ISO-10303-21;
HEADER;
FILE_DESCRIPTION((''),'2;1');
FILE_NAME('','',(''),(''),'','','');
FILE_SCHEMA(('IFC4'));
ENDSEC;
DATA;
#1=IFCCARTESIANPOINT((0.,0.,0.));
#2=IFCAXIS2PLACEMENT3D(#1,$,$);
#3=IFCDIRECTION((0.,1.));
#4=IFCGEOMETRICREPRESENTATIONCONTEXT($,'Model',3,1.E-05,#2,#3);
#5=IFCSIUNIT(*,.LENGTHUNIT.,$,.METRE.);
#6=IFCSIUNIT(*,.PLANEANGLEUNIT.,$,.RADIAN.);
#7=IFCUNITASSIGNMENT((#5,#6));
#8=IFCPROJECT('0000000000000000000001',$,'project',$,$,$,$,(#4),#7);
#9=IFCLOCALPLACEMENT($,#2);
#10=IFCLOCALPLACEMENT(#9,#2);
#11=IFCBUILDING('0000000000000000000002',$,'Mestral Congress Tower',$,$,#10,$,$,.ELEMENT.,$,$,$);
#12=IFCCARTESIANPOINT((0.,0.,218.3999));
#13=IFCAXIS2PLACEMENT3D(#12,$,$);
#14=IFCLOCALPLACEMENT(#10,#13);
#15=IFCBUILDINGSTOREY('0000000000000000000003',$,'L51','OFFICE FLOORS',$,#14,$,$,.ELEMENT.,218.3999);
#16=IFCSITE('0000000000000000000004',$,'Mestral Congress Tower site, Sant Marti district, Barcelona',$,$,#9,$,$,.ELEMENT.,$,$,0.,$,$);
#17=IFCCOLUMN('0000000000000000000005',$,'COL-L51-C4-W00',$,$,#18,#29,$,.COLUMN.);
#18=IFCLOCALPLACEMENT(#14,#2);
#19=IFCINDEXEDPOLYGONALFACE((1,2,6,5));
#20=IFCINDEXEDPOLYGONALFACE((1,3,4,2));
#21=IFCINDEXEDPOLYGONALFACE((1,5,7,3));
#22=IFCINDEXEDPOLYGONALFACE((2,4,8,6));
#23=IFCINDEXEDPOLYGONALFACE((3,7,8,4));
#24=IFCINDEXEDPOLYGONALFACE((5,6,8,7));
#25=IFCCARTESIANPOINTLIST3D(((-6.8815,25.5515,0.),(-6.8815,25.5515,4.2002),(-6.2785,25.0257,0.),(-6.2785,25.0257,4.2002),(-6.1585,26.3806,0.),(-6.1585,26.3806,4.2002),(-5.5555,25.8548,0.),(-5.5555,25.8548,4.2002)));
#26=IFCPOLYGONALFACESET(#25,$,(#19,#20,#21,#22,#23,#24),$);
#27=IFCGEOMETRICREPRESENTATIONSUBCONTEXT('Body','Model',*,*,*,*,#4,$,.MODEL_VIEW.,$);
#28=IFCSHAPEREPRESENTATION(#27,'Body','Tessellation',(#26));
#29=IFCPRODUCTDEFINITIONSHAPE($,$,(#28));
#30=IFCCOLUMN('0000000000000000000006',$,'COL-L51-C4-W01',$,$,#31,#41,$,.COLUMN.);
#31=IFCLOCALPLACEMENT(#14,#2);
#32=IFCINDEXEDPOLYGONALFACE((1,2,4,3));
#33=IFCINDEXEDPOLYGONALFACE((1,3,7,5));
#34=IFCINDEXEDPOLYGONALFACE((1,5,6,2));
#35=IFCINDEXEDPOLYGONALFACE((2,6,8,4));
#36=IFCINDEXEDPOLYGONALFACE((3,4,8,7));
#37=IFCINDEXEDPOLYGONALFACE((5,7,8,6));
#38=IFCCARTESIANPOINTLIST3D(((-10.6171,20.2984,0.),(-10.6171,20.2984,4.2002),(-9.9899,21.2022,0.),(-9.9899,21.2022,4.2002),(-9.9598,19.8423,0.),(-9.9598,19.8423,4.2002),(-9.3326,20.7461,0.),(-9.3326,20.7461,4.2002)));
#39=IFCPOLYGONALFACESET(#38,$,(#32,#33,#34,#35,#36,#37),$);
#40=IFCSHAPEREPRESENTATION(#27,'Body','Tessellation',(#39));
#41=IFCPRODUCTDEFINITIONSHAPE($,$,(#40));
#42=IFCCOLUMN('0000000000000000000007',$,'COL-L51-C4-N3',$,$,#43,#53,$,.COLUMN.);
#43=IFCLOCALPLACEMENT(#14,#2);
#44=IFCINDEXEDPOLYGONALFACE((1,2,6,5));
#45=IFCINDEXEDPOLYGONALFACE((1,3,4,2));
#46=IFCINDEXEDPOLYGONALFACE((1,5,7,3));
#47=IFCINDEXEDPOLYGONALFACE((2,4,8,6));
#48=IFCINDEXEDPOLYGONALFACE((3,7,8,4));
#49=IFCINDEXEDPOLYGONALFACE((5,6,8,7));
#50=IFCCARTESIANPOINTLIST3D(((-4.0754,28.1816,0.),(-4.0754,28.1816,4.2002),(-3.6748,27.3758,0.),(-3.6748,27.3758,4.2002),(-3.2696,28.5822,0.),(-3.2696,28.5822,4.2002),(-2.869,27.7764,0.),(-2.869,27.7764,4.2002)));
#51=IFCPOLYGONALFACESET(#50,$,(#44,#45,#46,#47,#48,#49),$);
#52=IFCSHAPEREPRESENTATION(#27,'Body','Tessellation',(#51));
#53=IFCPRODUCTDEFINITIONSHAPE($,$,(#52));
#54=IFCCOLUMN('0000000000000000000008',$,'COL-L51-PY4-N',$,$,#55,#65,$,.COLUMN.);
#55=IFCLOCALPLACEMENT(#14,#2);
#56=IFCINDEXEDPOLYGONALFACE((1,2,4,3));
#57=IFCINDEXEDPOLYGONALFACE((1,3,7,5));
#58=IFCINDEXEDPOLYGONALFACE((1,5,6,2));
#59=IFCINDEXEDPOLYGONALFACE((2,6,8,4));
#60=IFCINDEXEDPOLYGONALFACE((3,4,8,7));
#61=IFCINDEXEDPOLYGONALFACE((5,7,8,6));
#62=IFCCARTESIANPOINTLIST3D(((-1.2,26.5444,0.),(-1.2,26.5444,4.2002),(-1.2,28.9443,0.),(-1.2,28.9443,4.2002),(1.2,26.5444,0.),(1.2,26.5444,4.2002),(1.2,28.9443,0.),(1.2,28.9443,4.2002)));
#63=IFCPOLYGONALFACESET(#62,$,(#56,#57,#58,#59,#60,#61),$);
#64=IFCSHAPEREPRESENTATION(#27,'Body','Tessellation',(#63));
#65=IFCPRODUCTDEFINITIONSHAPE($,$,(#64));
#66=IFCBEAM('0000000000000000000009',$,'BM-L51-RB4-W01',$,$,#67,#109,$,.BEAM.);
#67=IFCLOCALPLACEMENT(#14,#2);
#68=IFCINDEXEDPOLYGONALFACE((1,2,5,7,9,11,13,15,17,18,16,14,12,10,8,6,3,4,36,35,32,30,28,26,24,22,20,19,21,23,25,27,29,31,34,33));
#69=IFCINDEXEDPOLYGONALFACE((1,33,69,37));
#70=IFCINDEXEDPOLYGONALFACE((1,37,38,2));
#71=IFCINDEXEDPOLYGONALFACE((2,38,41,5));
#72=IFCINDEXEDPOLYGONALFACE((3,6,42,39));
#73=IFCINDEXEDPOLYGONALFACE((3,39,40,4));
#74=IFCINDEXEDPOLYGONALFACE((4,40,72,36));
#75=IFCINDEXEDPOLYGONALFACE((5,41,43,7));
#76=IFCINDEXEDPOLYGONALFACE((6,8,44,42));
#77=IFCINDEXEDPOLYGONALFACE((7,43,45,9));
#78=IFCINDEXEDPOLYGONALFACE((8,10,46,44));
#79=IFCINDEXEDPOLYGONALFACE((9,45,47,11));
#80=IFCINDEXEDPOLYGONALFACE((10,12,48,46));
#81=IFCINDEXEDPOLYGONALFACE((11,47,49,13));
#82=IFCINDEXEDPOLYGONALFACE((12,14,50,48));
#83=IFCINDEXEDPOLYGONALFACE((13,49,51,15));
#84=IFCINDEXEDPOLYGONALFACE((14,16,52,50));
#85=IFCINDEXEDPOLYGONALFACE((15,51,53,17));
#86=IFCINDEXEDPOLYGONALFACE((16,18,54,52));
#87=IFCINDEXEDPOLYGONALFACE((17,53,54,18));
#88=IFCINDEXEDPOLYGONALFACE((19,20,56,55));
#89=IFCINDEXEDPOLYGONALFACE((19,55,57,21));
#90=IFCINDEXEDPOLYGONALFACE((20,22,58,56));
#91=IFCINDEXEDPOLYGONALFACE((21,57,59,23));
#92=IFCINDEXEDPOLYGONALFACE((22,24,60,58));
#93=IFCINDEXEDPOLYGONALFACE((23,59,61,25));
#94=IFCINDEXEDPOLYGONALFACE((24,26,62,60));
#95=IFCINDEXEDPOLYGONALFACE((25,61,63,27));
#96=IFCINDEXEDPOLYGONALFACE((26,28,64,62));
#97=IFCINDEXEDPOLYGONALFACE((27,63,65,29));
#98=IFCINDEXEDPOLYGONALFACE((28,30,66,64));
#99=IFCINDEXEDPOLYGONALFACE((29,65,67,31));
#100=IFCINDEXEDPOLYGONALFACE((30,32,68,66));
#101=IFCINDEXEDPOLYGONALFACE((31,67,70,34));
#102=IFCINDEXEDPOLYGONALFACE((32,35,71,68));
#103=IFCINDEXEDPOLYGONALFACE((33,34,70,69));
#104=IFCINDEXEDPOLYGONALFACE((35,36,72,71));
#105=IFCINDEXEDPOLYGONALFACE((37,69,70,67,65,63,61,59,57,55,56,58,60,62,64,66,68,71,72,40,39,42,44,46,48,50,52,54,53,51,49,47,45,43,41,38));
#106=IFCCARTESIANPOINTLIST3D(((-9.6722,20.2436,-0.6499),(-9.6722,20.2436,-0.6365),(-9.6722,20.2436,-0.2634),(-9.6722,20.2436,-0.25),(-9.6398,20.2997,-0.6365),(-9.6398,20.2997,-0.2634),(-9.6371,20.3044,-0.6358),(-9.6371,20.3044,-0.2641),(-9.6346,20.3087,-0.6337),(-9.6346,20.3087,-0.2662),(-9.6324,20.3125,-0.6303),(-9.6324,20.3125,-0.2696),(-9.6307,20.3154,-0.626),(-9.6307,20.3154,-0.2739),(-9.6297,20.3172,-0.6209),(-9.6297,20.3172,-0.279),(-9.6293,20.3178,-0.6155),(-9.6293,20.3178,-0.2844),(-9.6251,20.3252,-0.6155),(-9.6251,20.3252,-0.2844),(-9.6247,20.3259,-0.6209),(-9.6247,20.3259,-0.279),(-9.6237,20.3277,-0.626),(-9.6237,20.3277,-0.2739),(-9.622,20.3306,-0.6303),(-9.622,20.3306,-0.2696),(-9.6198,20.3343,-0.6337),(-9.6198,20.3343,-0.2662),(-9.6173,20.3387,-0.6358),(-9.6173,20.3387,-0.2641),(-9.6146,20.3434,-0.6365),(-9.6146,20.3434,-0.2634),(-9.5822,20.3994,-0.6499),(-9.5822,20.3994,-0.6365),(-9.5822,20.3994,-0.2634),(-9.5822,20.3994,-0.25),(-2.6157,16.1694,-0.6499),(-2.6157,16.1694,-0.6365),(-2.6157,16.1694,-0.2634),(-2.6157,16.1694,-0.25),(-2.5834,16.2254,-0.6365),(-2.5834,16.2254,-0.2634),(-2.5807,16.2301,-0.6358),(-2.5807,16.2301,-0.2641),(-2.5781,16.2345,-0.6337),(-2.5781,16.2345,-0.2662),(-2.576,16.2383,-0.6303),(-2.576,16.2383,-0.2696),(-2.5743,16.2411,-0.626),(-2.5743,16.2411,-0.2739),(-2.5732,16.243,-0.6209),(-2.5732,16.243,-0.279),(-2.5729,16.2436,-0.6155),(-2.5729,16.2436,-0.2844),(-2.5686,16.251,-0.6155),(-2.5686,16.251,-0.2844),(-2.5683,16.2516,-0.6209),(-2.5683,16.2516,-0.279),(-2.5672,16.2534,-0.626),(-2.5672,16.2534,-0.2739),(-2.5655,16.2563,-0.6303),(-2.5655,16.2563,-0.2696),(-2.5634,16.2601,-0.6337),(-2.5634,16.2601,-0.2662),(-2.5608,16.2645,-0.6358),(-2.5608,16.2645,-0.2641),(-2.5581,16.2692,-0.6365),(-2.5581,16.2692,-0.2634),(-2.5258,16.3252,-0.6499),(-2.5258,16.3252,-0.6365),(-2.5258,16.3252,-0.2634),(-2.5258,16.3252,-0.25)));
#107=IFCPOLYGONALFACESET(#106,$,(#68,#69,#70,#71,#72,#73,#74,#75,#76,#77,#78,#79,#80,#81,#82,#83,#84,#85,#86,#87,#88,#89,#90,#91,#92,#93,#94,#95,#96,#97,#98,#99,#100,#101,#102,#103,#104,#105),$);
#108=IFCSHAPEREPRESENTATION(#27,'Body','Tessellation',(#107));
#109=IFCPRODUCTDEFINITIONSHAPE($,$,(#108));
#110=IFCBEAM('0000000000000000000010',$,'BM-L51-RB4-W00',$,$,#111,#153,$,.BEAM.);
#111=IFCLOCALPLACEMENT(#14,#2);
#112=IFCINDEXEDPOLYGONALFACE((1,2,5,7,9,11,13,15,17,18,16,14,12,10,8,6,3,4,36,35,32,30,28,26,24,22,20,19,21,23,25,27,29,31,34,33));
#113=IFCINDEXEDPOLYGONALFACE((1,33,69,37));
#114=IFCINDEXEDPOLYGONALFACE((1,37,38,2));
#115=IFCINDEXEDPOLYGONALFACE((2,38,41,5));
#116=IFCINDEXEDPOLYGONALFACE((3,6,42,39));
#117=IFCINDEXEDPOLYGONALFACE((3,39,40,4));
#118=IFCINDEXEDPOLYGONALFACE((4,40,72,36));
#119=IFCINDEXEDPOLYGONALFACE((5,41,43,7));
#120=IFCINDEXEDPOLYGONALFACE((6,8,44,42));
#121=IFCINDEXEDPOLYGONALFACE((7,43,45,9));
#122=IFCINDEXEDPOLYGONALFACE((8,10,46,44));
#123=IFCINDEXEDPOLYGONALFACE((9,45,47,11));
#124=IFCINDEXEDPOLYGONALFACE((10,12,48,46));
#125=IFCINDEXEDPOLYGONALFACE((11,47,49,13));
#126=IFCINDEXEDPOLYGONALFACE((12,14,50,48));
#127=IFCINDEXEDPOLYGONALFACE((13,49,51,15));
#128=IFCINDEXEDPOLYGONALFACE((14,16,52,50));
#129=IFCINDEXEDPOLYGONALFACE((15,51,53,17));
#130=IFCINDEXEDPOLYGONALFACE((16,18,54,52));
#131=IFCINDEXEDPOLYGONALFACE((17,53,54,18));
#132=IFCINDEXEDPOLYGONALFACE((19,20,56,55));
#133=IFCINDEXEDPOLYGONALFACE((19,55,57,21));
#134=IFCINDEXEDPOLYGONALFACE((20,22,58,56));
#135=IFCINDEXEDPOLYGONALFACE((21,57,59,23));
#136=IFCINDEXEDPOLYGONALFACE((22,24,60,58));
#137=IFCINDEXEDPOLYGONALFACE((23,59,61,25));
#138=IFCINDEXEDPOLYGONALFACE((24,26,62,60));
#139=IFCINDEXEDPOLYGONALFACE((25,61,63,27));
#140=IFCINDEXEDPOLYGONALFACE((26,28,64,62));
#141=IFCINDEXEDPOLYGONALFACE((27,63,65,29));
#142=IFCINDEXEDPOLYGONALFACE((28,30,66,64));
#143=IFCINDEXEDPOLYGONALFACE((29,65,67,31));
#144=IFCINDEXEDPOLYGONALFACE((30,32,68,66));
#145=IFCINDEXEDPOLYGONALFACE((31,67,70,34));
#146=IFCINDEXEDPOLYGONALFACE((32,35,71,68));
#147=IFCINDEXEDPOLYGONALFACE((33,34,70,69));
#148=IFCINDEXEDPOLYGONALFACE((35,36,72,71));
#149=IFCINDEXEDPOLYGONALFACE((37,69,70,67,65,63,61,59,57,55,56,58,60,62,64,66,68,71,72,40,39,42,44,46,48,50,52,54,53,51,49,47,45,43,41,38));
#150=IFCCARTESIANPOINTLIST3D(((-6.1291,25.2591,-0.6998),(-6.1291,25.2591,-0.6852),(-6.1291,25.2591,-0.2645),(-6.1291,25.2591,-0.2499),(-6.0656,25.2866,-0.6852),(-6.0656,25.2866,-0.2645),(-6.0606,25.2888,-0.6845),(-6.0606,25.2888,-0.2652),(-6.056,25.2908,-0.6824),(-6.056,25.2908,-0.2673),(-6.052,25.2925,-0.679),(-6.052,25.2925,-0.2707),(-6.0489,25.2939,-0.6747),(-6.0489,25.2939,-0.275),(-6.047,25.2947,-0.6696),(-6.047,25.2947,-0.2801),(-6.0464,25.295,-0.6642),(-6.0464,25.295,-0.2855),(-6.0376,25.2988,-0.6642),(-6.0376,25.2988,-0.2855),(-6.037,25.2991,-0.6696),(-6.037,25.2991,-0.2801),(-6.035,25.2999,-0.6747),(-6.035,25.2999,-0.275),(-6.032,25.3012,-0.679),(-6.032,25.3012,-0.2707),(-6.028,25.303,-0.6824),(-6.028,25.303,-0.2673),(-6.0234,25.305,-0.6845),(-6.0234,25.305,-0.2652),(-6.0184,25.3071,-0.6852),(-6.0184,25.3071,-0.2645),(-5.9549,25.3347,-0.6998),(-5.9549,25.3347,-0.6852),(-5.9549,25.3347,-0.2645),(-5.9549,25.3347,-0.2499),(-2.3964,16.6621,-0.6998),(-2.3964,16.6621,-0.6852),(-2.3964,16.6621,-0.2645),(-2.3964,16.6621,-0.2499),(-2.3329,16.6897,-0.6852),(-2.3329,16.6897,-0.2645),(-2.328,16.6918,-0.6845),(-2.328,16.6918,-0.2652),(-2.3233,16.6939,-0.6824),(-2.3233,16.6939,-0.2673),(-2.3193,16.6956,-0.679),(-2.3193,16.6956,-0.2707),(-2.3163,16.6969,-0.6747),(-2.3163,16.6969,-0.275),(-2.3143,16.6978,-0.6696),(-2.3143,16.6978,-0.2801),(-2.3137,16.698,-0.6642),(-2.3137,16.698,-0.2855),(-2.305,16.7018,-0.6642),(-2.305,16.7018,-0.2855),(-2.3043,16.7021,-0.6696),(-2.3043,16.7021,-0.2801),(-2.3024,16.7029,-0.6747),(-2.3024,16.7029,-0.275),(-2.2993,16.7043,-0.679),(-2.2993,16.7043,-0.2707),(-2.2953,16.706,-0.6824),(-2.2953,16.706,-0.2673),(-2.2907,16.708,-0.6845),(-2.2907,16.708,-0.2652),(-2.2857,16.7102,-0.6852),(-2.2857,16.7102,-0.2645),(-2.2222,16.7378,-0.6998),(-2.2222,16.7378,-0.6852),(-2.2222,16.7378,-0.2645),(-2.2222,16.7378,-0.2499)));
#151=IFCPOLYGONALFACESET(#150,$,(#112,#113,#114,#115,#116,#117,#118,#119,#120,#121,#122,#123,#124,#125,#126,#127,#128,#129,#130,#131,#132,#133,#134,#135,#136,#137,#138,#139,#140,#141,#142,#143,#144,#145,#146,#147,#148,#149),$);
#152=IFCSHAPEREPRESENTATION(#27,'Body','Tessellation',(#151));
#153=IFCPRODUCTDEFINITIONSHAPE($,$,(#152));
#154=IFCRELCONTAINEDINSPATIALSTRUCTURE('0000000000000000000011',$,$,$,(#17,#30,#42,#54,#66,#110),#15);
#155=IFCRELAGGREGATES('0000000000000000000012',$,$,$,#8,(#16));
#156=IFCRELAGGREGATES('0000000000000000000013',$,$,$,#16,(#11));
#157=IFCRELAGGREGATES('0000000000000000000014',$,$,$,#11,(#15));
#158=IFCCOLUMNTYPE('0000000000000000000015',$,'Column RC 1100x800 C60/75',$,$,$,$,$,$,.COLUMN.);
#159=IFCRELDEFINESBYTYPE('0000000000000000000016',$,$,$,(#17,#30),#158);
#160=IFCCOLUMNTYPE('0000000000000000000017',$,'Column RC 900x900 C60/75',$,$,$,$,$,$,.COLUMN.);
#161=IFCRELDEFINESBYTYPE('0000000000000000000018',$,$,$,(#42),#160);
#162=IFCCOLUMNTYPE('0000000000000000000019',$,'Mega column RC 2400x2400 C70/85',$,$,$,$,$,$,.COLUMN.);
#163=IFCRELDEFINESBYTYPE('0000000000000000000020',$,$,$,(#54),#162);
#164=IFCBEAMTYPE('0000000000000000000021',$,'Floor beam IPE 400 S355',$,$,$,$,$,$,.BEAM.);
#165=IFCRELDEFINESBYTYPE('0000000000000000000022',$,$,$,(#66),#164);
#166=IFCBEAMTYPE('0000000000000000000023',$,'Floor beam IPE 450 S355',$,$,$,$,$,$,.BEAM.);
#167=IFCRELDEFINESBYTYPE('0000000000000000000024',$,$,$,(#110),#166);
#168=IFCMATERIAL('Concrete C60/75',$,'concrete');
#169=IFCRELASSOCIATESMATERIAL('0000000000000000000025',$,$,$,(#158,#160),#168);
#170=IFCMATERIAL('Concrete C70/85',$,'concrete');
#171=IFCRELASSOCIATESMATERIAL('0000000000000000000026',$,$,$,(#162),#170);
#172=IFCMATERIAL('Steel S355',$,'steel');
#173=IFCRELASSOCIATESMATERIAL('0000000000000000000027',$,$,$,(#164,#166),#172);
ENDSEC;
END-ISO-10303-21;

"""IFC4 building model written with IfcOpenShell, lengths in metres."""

from ifc_helpers import new_model, si_unit, direction, frame, origin, origin_2d, place, context, subcontext, project, spatial, rectangle, i_section, extrude, material, material_profile, profile_set, type_object, element, save


model = new_model("IFC4")

# Units and contexts
model_context = context("Model", 3, precision=1e-05, world=origin(), true_north=direction((0.0, 1.0)))
body_context = subcontext(model_context, "Body", "Model", "MODEL_VIEW")
ifc_project = project(units=[si_unit("LENGTHUNIT", "METRE"), si_unit("PLANEANGLEUNIT", "RADIAN")], contexts=[model_context])

# Site, building, storey
site_placement = place(None, origin())
site = spatial("IfcSite", under=ifc_project, at=site_placement, Name="Mestral Congress Tower site, Sant Marti district, Barcelona", CompositionType="ELEMENT", RefElevation=0.0)
building_placement = place(site_placement, origin())
building = spatial("IfcBuilding", under=site, at=building_placement, Name="Mestral Congress Tower", CompositionType="ELEMENT")
storey_placement = place(building_placement, frame((0.0, 0.0, 218.3999)))
storey = spatial("IfcBuildingStorey", under=building, at=storey_placement, Name="L51", Description="OFFICE FLOORS", CompositionType="ELEMENT", Elevation=218.3999)

# Columns
ifc_material_1 = material(Name="Concrete C60/75", Category="concrete")
ifc_material_profile_1 = material_profile(ifc_material_1, rectangle(XDim=1.1001, YDim=0.8, at=origin_2d()), Name="RC 1100x800")
ifc_profile_set_1 = profile_set([ifc_material_profile_1], Name="Concrete C60/75")
column_type_1 = type_object("IfcColumnType", Name="Column RC 1100x800 C60/75", PredefinedType="COLUMN", material=ifc_profile_set_1)
for number, where, z_axis, x_axis, name in (
    (1, (-6.2185, 25.7031, 0.0), (0.0, 0.0, 1.0), (-0.65725, -0.753672, 0.0), "COL-L51-C4-W00"),
    (2, (-9.9749, 20.5222, 0.0), (0.0, 0.0, 1.0), (-0.570084, -0.821586, 0.0), "COL-L51-C4-W01"),
):
    element("IfcColumn", number, at=place(storey_placement, frame(where, z_axis=z_axis, x_axis=x_axis)), inside=storey, type_object=column_type_1, Name=name, PredefinedType="COLUMN", context=body_context, shape_type="SweptSolid", body=[
        extrude(rectangle(XDim=1.1001, YDim=0.8, at=origin_2d()), origin(), (0.0, 0.0, 1.0), 4.2002),
    ])
ifc_material_profile_2 = material_profile(ifc_material_1, rectangle(XDim=0.8999, YDim=0.8999, at=origin_2d()), Name="RC 900x900")
ifc_profile_set_2 = profile_set([ifc_material_profile_2], Name="Concrete C60/75")
column_type_2 = type_object("IfcColumnType", Name="Column RC 900x900 C60/75", PredefinedType="COLUMN", material=ifc_profile_set_2)
column_1_placement = place(storey_placement, frame((-3.4722, 27.979, 0.0), z_axis=(0.0, 0.0, 1.0), x_axis=(-0.895456, -0.445149, 0.0)))
element("IfcColumn", 3, at=column_1_placement, inside=storey, type_object=column_type_2, Name="COL-L51-C4-N3", PredefinedType="COLUMN", context=body_context, shape_type="SweptSolid", body=[
    extrude(rectangle(XDim=0.8999, YDim=0.8999, at=origin_2d()), origin(), (0.0, 0.0, 1.0), 4.2002),
])
ifc_material_2 = material(Name="Concrete C70/85", Category="concrete")
ifc_material_profile_3 = material_profile(ifc_material_2, rectangle(XDim=2.3999, YDim=2.3999, at=origin_2d()), Name="RC 2400x2400")
ifc_profile_set_3 = profile_set([ifc_material_profile_3], Name="Concrete C70/85")
column_type_3 = type_object("IfcColumnType", Name="Mega column RC 2400x2400 C70/85", PredefinedType="COLUMN", material=ifc_profile_set_3)
column_2_placement = place(storey_placement, frame((0.0, 27.7444, 0.0), z_axis=(0.0, 0.0, 1.0), x_axis=(0.0, 1.0, 0.0)))
element("IfcColumn", 4, at=column_2_placement, inside=storey, type_object=column_type_3, Name="COL-L51-PY4-N", PredefinedType="COLUMN", context=body_context, shape_type="SweptSolid", body=[
    extrude(rectangle(XDim=2.3999, YDim=2.3999, at=origin_2d()), origin(), (0.0, 0.0, 1.0), 4.2002),
])

# Beams
ifc_material_3 = material(Name="Steel S355", Category="steel")
ifc_material_profile_4 = material_profile(ifc_material_3, i_section(OverallWidth=0.1799, OverallDepth=0.3999, WebThickness=0.0085, FlangeThickness=0.0134, FilletRadius=0.021, at=origin_2d()), Name="IPE 400")
ifc_profile_set_4 = profile_set([ifc_material_profile_4], Name="Steel S355")
beam_type_1 = type_object("IfcBeamType", Name="Floor beam IPE 400 S355", PredefinedType="BEAM", material=ifc_profile_set_4)
beam_1_placement = place(storey_placement, frame((-9.6272, 20.3215, -0.45), z_axis=(0.866014, -0.500019, 0.0), x_axis=(0.500019, 0.866014, 0.0)))
element("IfcBeam", 5, at=beam_1_placement, inside=storey, type_object=beam_type_1, Name="BM-L51-RB4-W01", PredefinedType="BEAM", context=body_context, shape_type="SweptSolid", body=[
    extrude(i_section(OverallWidth=0.1799, OverallDepth=0.3999, WebThickness=0.0085, FlangeThickness=0.0134, FilletRadius=0.021, at=origin_2d()), origin(), (0.0, 0.0, 1.0), 8.1482),
])
ifc_material_profile_5 = material_profile(ifc_material_3, i_section(OverallWidth=0.1899, OverallDepth=0.45, WebThickness=0.0095, FlangeThickness=0.0146, FilletRadius=0.021, at=origin_2d()), Name="IPE 450")
ifc_profile_set_5 = profile_set([ifc_material_profile_5], Name="Steel S355")
beam_type_2 = type_object("IfcBeamType", Name="Floor beam IPE 450 S355", PredefinedType="BEAM", material=ifc_profile_set_5)
beam_2_placement = place(storey_placement, frame((-6.042, 25.2969, -0.4749), z_axis=(0.398266, -0.91727, 0.0), x_axis=(0.91727, 0.398266, 0.0)))
element("IfcBeam", 6, at=beam_2_placement, inside=storey, type_object=beam_type_2, Name="BM-L51-RB4-W00", PredefinedType="BEAM", context=body_context, shape_type="SweptSolid", body=[
    extrude(i_section(OverallWidth=0.1899, OverallDepth=0.45, WebThickness=0.0095, FlangeThickness=0.0146, FilletRadius=0.021, at=origin_2d()), origin(), (0.0, 0.0, 1.0), 9.3723),
])

save(model, "model.ifc")
